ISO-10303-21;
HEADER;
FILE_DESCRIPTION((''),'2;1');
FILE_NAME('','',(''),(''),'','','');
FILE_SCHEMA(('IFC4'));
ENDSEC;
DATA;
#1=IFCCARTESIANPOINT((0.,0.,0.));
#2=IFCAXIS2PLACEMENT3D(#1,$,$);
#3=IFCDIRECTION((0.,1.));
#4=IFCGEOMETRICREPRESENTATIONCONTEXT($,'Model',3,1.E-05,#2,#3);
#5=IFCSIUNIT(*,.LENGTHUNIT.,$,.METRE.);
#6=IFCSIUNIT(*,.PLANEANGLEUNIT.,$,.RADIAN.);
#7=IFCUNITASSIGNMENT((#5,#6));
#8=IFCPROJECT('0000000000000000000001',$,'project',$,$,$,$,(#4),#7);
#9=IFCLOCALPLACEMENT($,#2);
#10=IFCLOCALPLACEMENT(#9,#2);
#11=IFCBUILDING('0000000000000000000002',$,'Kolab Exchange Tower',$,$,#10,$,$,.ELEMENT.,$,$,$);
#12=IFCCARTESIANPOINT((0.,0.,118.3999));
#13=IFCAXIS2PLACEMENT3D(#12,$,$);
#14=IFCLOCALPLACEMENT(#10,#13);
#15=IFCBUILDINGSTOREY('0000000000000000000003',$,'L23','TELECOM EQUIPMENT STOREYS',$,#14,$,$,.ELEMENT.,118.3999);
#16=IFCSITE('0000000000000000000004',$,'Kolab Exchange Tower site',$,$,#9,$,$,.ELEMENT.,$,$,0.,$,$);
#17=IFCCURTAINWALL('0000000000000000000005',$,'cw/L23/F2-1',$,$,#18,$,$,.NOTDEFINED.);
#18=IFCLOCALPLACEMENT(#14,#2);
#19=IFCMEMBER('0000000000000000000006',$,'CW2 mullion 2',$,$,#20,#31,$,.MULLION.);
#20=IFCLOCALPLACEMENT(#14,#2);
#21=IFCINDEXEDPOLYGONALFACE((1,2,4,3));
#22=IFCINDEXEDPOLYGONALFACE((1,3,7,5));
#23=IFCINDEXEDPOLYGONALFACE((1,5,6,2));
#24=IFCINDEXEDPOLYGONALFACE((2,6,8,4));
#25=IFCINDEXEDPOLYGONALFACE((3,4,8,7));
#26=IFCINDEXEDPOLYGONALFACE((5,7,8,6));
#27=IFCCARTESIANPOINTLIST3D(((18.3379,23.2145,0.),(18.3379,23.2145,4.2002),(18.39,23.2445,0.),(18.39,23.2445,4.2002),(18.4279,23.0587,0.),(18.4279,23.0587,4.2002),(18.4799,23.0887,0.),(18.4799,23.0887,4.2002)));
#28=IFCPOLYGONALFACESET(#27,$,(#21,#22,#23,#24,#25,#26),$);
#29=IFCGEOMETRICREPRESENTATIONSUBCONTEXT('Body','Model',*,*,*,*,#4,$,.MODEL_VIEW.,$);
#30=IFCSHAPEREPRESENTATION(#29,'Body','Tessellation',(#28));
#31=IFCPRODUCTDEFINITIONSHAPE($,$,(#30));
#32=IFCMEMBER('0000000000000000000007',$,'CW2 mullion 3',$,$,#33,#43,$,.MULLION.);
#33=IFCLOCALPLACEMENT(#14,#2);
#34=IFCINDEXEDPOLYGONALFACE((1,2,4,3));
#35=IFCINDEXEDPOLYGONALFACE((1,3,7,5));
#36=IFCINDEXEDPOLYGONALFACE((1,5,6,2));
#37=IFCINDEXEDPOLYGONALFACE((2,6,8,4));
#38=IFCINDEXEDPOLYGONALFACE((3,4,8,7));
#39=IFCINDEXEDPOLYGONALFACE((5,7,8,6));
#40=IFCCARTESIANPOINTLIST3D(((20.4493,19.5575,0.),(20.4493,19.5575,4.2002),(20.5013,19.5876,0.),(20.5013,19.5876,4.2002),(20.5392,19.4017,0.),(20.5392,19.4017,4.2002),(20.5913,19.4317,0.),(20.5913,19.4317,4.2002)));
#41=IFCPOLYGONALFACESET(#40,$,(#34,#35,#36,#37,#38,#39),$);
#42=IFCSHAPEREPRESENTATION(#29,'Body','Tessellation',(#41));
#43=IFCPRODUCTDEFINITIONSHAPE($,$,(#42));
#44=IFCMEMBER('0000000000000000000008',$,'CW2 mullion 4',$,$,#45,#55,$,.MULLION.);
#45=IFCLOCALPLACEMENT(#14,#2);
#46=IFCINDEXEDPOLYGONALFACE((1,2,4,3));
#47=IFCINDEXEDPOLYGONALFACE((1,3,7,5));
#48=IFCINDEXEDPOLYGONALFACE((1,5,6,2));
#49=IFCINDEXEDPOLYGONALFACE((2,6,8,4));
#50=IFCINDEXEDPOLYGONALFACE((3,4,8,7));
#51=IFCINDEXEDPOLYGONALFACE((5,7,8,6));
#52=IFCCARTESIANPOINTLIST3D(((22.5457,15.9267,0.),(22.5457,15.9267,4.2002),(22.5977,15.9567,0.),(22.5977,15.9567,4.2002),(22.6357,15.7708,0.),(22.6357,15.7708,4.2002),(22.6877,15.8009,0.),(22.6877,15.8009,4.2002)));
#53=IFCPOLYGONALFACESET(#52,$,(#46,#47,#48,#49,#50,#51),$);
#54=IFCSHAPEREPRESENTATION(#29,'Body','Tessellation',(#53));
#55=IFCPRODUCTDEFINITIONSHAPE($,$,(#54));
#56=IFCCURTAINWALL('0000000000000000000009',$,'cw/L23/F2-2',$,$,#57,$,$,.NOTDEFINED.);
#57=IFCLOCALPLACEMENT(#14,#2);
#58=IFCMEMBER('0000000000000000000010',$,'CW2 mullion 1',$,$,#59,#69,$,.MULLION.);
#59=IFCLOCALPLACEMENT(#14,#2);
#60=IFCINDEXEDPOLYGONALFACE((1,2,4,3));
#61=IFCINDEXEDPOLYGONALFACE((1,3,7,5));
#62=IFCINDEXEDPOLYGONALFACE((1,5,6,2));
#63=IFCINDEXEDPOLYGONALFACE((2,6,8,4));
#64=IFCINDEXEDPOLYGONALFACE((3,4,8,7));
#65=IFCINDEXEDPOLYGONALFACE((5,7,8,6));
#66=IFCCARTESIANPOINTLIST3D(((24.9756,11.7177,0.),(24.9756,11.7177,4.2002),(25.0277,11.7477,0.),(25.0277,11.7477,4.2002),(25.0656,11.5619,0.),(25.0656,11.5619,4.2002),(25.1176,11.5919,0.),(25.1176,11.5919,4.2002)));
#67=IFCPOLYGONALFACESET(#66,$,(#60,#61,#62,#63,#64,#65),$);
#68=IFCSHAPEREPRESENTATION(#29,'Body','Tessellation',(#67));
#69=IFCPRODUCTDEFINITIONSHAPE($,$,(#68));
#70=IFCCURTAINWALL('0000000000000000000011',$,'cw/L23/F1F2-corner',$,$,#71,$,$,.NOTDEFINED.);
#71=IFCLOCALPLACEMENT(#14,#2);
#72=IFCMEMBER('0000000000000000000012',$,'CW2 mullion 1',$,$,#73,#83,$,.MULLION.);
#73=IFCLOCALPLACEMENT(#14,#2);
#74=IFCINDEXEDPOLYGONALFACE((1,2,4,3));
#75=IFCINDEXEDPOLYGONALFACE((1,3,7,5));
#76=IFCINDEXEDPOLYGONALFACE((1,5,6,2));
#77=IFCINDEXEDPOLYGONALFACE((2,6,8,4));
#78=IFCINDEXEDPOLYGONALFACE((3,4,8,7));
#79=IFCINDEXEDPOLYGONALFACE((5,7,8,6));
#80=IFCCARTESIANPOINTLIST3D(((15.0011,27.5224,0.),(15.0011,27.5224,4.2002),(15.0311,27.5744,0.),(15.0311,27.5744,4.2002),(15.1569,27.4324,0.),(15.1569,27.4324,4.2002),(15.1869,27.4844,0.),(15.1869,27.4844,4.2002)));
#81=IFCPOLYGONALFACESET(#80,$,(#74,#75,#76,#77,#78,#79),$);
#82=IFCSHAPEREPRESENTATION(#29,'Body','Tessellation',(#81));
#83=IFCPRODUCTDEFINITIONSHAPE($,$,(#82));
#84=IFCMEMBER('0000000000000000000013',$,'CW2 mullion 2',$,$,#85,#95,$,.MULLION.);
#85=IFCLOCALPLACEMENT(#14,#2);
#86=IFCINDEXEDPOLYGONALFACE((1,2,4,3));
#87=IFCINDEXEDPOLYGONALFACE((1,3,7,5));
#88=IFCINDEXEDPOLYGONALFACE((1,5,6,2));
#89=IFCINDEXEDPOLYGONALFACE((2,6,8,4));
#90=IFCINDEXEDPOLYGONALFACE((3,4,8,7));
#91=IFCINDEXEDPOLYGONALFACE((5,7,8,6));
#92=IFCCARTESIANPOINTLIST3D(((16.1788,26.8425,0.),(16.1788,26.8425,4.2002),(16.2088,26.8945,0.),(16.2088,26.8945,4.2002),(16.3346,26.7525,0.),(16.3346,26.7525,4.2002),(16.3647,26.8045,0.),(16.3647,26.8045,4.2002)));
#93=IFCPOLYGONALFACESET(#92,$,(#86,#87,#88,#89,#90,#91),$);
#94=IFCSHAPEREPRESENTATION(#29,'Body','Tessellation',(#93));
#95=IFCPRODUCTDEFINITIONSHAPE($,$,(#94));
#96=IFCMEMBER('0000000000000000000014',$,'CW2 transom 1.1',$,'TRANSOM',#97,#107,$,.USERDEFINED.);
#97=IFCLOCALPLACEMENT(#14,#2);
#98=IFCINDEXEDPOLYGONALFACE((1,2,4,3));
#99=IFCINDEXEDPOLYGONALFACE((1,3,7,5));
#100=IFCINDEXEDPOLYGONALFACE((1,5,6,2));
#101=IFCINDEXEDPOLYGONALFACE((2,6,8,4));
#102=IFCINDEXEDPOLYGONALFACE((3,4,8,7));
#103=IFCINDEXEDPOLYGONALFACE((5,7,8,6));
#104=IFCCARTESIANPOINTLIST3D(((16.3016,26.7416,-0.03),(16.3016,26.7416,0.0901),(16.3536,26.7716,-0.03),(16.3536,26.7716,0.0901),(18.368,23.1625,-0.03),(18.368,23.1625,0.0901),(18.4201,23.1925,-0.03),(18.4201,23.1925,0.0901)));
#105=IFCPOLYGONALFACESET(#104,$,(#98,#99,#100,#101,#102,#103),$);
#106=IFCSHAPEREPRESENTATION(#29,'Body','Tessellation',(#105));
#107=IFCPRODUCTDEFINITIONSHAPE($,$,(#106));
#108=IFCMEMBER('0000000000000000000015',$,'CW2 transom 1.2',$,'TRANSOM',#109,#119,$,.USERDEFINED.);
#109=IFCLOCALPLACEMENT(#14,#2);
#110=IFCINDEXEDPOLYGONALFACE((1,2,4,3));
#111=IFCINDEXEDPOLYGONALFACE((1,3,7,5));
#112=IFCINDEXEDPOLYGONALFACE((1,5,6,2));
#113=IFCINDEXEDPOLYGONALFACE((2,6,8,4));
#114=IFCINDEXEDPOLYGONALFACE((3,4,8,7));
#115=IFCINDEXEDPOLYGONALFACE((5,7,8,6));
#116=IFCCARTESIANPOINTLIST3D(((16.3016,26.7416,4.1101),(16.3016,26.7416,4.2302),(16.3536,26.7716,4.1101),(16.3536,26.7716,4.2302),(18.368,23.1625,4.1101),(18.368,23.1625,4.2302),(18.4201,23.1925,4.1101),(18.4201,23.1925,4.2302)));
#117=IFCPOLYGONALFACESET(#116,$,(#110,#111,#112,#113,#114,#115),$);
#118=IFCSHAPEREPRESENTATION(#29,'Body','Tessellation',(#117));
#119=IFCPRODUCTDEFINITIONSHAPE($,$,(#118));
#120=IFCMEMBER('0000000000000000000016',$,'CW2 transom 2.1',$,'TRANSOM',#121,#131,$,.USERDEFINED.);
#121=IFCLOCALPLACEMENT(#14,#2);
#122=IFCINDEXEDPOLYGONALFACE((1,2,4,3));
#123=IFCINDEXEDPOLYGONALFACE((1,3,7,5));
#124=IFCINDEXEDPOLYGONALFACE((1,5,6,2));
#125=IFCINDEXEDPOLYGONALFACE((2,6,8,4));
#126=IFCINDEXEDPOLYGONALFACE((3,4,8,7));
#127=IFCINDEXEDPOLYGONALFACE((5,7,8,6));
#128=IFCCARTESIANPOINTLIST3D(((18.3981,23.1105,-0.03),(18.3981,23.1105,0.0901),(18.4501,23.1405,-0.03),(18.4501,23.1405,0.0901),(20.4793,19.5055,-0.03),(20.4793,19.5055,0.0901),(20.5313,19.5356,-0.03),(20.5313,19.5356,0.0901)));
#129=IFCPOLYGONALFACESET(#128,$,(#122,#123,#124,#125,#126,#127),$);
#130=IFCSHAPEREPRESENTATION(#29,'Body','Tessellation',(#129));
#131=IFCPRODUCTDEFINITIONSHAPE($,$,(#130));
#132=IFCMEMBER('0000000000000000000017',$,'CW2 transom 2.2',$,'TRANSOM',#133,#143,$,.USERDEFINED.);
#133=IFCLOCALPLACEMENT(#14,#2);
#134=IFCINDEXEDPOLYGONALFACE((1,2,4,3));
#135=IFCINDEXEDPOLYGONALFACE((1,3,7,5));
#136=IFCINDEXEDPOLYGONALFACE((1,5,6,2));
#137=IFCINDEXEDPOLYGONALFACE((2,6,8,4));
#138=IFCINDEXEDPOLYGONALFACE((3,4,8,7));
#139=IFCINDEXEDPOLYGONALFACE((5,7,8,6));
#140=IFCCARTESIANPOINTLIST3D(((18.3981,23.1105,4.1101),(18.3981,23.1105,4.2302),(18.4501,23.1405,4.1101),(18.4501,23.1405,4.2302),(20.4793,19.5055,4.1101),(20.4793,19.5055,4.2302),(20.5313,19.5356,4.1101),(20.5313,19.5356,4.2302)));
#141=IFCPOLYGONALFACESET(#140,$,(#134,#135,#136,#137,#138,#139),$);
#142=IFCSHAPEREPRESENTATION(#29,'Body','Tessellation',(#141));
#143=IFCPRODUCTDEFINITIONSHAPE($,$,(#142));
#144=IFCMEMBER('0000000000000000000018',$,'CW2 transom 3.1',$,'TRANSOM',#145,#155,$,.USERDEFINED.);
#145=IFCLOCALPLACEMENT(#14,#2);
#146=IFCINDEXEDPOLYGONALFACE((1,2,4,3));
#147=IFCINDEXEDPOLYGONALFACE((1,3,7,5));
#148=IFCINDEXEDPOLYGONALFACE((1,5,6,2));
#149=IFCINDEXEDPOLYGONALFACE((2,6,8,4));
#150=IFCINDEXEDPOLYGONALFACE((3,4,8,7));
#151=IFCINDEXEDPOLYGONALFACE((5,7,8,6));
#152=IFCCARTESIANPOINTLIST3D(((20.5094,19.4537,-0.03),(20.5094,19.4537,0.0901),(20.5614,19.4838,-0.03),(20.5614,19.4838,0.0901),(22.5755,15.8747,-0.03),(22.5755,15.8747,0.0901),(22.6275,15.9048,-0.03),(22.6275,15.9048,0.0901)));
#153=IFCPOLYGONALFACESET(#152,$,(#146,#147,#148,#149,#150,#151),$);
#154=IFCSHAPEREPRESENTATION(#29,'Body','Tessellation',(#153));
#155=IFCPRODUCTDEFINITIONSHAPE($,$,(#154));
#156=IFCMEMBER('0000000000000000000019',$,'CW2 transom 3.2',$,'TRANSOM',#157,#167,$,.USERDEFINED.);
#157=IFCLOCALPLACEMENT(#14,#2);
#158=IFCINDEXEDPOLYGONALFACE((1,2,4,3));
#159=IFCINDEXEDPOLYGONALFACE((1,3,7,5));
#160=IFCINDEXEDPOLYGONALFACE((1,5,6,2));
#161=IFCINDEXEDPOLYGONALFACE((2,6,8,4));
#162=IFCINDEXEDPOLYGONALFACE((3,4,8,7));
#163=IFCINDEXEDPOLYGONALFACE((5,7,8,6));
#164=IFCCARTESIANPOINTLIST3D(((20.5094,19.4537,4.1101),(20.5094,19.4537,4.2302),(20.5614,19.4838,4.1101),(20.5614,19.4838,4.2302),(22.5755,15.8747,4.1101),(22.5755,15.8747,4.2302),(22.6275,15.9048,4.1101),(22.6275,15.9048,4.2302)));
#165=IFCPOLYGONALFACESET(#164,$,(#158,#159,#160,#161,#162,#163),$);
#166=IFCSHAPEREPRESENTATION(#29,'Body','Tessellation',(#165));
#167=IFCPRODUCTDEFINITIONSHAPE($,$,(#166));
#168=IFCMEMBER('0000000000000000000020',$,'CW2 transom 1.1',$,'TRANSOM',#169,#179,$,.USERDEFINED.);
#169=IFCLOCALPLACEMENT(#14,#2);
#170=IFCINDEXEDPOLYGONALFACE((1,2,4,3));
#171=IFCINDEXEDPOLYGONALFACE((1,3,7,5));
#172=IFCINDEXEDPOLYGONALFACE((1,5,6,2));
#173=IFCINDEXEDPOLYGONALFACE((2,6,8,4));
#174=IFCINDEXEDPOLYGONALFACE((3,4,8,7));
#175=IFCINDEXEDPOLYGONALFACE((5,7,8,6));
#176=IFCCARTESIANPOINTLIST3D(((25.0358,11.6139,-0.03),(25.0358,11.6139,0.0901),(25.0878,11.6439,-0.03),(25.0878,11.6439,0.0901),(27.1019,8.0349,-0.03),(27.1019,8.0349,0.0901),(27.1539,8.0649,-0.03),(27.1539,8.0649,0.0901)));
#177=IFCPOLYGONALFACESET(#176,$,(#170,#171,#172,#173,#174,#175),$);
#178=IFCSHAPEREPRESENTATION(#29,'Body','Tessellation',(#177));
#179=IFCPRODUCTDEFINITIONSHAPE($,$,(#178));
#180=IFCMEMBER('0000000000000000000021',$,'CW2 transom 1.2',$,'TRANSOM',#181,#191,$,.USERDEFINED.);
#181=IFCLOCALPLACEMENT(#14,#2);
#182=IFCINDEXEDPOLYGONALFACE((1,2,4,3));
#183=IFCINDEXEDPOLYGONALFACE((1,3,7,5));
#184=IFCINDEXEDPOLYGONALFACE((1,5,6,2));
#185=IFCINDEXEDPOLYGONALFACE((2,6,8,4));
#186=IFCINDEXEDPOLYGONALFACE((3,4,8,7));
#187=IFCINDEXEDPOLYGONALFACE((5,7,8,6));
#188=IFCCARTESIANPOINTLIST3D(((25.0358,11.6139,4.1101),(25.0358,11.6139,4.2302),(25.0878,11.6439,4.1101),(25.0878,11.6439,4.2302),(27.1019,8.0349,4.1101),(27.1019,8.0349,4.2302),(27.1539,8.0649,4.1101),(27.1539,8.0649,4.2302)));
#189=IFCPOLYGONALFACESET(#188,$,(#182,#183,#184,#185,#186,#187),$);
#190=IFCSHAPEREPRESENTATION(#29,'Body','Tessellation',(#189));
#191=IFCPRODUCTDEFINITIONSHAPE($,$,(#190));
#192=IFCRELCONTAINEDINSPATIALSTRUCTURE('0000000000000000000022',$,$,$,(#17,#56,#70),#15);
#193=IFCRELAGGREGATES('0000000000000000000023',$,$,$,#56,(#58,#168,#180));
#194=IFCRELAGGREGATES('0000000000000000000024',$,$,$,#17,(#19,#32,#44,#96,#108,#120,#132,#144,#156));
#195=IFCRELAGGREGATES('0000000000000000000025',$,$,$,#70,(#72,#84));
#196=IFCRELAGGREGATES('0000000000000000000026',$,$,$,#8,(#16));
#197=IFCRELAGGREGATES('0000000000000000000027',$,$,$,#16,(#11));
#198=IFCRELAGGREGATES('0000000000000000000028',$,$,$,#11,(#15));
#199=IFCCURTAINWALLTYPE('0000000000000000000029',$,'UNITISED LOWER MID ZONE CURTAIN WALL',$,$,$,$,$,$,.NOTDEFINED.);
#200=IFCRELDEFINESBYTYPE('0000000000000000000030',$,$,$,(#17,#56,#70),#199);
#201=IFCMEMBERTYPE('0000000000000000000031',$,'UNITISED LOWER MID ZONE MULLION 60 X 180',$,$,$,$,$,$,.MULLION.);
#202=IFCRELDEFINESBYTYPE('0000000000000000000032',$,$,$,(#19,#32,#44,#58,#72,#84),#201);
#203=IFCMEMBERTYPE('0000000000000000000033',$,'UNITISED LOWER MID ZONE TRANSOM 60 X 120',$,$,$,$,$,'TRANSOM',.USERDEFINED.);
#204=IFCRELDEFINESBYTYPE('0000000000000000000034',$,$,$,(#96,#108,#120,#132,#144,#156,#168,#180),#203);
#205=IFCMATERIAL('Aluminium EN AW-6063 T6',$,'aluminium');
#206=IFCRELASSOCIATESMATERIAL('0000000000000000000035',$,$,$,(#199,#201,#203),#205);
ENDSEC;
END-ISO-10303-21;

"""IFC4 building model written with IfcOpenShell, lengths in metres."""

from ifc_helpers import new_model, si_unit, direction, frame, origin, origin_2d, place, context, subcontext, project, spatial, rectangle, extrude, material, material_profile, profile_set, type_object, element, aggregate, save


model = new_model("IFC4")

# Units and contexts
model_context = context("Model", 3, precision=1e-05, world=origin(), true_north=direction((0.0, 1.0)))
body_context = subcontext(model_context, "Body", "Model", "MODEL_VIEW")
ifc_project = project(units=[si_unit("LENGTHUNIT", "METRE"), si_unit("PLANEANGLEUNIT", "RADIAN")], contexts=[model_context])

# Site, building, storey
site_placement = place(None, origin())
site = spatial("IfcSite", under=ifc_project, at=site_placement, Name="Kolab Exchange Tower site", CompositionType="ELEMENT", RefElevation=0.0)
building_placement = place(site_placement, origin())
building = spatial("IfcBuilding", under=site, at=building_placement, Name="Kolab Exchange Tower", CompositionType="ELEMENT")
storey_placement = place(building_placement, frame((0.0, 0.0, 118.3999)))
storey = spatial("IfcBuildingStorey", under=building, at=storey_placement, Name="L23", Description="TELECOM EQUIPMENT STOREYS", CompositionType="ELEMENT", Elevation=118.3999)

# Shared definitions
ifc_material_1 = material(Name="Aluminium EN AW-6063 T6", Category="aluminium")
curtain_wall_type = type_object("IfcCurtainWallType", Name="UNITISED LOWER MID ZONE CURTAIN WALL", PredefinedType="NOTDEFINED", material=ifc_material_1)
ifc_material_profile_1 = material_profile(ifc_material_1, rectangle(XDim=0.0601, YDim=0.1799, at=origin_2d()), Name="RECT 60X180")
ifc_profile_set_1 = profile_set([ifc_material_profile_1], Name="Aluminium EN AW-6063 T6")
member_type_1 = type_object("IfcMemberType", Name="UNITISED LOWER MID ZONE MULLION 60 X 180", PredefinedType="MULLION", material=ifc_profile_set_1)

# Curtain wall, members
curtain_wall_1_placement = place(storey_placement, origin())
curtain_wall_1 = element("IfcCurtainWall", 1, at=curtain_wall_1_placement, inside=storey, type_object=curtain_wall_type, Name="cw/L23/F2-1", PredefinedType="NOTDEFINED")
member_1_placement = place(storey_placement, frame((18.4089, 23.1516, 0.0), z_axis=(0.0, 0.0, 1.0), x_axis=(0.866025, 0.5, 0.0)))
member_1 = element("IfcMember", 2, at=member_1_placement, type_object=member_type_1, Name="CW2 mullion 2", PredefinedType="MULLION", context=body_context, shape_type="SweptSolid", body=[
    extrude(rectangle(XDim=0.0601, YDim=0.1799, at=origin_2d()), origin(), (0.0, 0.0, 1.0), 4.2002),
])
member_2_placement = place(storey_placement, frame((20.5203, 19.4946, 0.0), z_axis=(0.0, 0.0, 1.0), x_axis=(0.866025, 0.5, 0.0)))
member_2 = element("IfcMember", 3, at=member_2_placement, type_object=member_type_1, Name="CW2 mullion 3", PredefinedType="MULLION", context=body_context, shape_type="SweptSolid", body=[
    extrude(rectangle(XDim=0.0601, YDim=0.1799, at=origin_2d()), origin(), (0.0, 0.0, 1.0), 4.2002),
])
member_3_placement = place(storey_placement, frame((22.6167, 15.8638, 0.0), z_axis=(0.0, 0.0, 1.0), x_axis=(0.866025, 0.5, 0.0)))
member_3 = element("IfcMember", 4, at=member_3_placement, type_object=member_type_1, Name="CW2 mullion 4", PredefinedType="MULLION", context=body_context, shape_type="SweptSolid", body=[
    extrude(rectangle(XDim=0.0601, YDim=0.1799, at=origin_2d()), origin(), (0.0, 0.0, 1.0), 4.2002),
])

# Curtain wall, member
curtain_wall_2_placement = place(storey_placement, origin())
curtain_wall_2 = element("IfcCurtainWall", 5, at=curtain_wall_2_placement, inside=storey, type_object=curtain_wall_type, Name="cw/L23/F2-2", PredefinedType="NOTDEFINED")
member_4_placement = place(storey_placement, frame((25.0466, 11.6548, 0.0), z_axis=(0.0, 0.0, 1.0), x_axis=(0.866025, 0.5, 0.0)))
member_4 = element("IfcMember", 6, at=member_4_placement, type_object=member_type_1, Name="CW2 mullion 1", PredefinedType="MULLION", context=body_context, shape_type="SweptSolid", body=[
    extrude(rectangle(XDim=0.0601, YDim=0.1799, at=origin_2d()), origin(), (0.0, 0.0, 1.0), 4.2002),
])

# Curtain wall, members
curtain_wall_3_placement = place(storey_placement, origin())
curtain_wall_3 = element("IfcCurtainWall", 7, at=curtain_wall_3_placement, inside=storey, type_object=curtain_wall_type, Name="cw/L23/F1F2-corner", PredefinedType="NOTDEFINED")
member_5_placement = place(storey_placement, frame((15.094, 27.5034, 0.0), z_axis=(0.0, 0.0, 1.0), x_axis=(0.5, 0.866025, 0.0)))
member_5 = element("IfcMember", 8, at=member_5_placement, type_object=member_type_1, Name="CW2 mullion 1", PredefinedType="MULLION", context=body_context, shape_type="SweptSolid", body=[
    extrude(rectangle(XDim=0.0601, YDim=0.1799, at=origin_2d()), origin(), (0.0, 0.0, 1.0), 4.2002),
])
member_6_placement = place(storey_placement, frame((16.2717, 26.8235, 0.0), z_axis=(0.0, 0.0, 1.0), x_axis=(0.5, 0.866025, 0.0)))
member_6 = element("IfcMember", 9, at=member_6_placement, type_object=member_type_1, Name="CW2 mullion 2", PredefinedType="MULLION", context=body_context, shape_type="SweptSolid", body=[
    extrude(rectangle(XDim=0.0601, YDim=0.1799, at=origin_2d()), origin(), (0.0, 0.0, 1.0), 4.2002),
])

# Members
ifc_material_profile_2 = material_profile(ifc_material_1, rectangle(XDim=0.0601, YDim=0.1201, at=origin_2d()), Name="RECT 60X120")
ifc_profile_set_2 = profile_set([ifc_material_profile_2], Name="Aluminium EN AW-6063 T6")
member_type_2 = type_object("IfcMemberType", Name="UNITISED LOWER MID ZONE TRANSOM 60 X 120", ElementType="TRANSOM", PredefinedType="USERDEFINED", material=ifc_profile_set_2)
member_7_placement = place(storey_placement, frame((16.3276, 26.7566, 0.03), z_axis=(0.500002, -0.866024, 0.0), x_axis=(0.866024, 0.500002, 0.0)))
member_7 = element("IfcMember", 10, at=member_7_placement, type_object=member_type_2, Name="CW2 transom 1.1", ObjectType="TRANSOM", PredefinedType="USERDEFINED", context=body_context, shape_type="SweptSolid", body=[
    extrude(rectangle(XDim=0.0601, YDim=0.1201, at=origin_2d()), origin(), (0.0, 0.0, 1.0), 4.1328),
])
member_8_placement = place(storey_placement, frame((16.3276, 26.7566, 4.1702), z_axis=(0.500002, -0.866024, 0.0), x_axis=(0.866024, 0.500002, 0.0)))
member_8 = element("IfcMember", 11, at=member_8_placement, type_object=member_type_2, Name="CW2 transom 1.2", ObjectType="TRANSOM", PredefinedType="USERDEFINED", context=body_context, shape_type="SweptSolid", body=[
    extrude(rectangle(XDim=0.0601, YDim=0.1201, at=origin_2d()), origin(), (0.0, 0.0, 1.0), 4.1328),
])
member_9_placement = place(storey_placement, frame((18.4241, 23.1255, 0.03), z_axis=(0.499993, -0.866029, 0.0), x_axis=(0.866029, 0.499993, 0.0)))
member_9 = element("IfcMember", 12, at=member_9_placement, type_object=member_type_2, Name="CW2 transom 2.1", ObjectType="TRANSOM", PredefinedType="USERDEFINED", context=body_context, shape_type="SweptSolid", body=[
    extrude(rectangle(XDim=0.0601, YDim=0.1201, at=origin_2d()), origin(), (0.0, 0.0, 1.0), 4.1626),
])
member_10_placement = place(storey_placement, frame((18.4241, 23.1255, 4.1702), z_axis=(0.499993, -0.866029, 0.0), x_axis=(0.866029, 0.499993, 0.0)))
member_10 = element("IfcMember", 13, at=member_10_placement, type_object=member_type_2, Name="CW2 transom 2.2", ObjectType="TRANSOM", PredefinedType="USERDEFINED", context=body_context, shape_type="SweptSolid", body=[
    extrude(rectangle(XDim=0.0601, YDim=0.1201, at=origin_2d()), origin(), (0.0, 0.0, 1.0), 4.1626),
])
member_11_placement = place(storey_placement, frame((20.5354, 19.4688, 0.03), z_axis=(0.499958, -0.86605, 0.0), x_axis=(0.86605, 0.499958, 0.0)))
member_11 = element("IfcMember", 14, at=member_11_placement, type_object=member_type_2, Name="CW2 transom 3.1", ObjectType="TRANSOM", PredefinedType="USERDEFINED", context=body_context, shape_type="SweptSolid", body=[
    extrude(rectangle(XDim=0.0601, YDim=0.1201, at=origin_2d()), origin(), (0.0, 0.0, 1.0), 4.1326),
])
member_12_placement = place(storey_placement, frame((20.5354, 19.4688, 4.1702), z_axis=(0.499958, -0.86605, 0.0), x_axis=(0.86605, 0.499958, 0.0)))
member_12 = element("IfcMember", 15, at=member_12_placement, type_object=member_type_2, Name="CW2 transom 3.2", ObjectType="TRANSOM", PredefinedType="USERDEFINED", context=body_context, shape_type="SweptSolid", body=[
    extrude(rectangle(XDim=0.0601, YDim=0.1201, at=origin_2d()), origin(), (0.0, 0.0, 1.0), 4.1326),
])
member_13_placement = place(storey_placement, frame((25.0618, 11.6289, 0.03), z_axis=(0.499958, -0.86605, 0.0), x_axis=(0.86605, 0.499958, 0.0)))
member_13 = element("IfcMember", 16, at=member_13_placement, type_object=member_type_2, Name="CW2 transom 1.1", ObjectType="TRANSOM", PredefinedType="USERDEFINED", context=body_context, shape_type="SweptSolid", body=[
    extrude(rectangle(XDim=0.0601, YDim=0.1201, at=origin_2d()), origin(), (0.0, 0.0, 1.0), 4.1326),
])
member_14_placement = place(storey_placement, frame((25.0618, 11.6289, 4.1702), z_axis=(0.499958, -0.86605, 0.0), x_axis=(0.86605, 0.499958, 0.0)))
member_14 = element("IfcMember", 17, at=member_14_placement, type_object=member_type_2, Name="CW2 transom 1.2", ObjectType="TRANSOM", PredefinedType="USERDEFINED", context=body_context, shape_type="SweptSolid", body=[
    extrude(rectangle(XDim=0.0601, YDim=0.1201, at=origin_2d()), origin(), (0.0, 0.0, 1.0), 4.1326),
])
aggregate(curtain_wall_2, [member_4, member_13, member_14])

aggregate(curtain_wall_1, [member_1, member_2, member_3, member_7, member_8, member_9, member_10, member_11, member_12])
aggregate(curtain_wall_3, [member_5, member_6])

save(model, "model.ifc")
